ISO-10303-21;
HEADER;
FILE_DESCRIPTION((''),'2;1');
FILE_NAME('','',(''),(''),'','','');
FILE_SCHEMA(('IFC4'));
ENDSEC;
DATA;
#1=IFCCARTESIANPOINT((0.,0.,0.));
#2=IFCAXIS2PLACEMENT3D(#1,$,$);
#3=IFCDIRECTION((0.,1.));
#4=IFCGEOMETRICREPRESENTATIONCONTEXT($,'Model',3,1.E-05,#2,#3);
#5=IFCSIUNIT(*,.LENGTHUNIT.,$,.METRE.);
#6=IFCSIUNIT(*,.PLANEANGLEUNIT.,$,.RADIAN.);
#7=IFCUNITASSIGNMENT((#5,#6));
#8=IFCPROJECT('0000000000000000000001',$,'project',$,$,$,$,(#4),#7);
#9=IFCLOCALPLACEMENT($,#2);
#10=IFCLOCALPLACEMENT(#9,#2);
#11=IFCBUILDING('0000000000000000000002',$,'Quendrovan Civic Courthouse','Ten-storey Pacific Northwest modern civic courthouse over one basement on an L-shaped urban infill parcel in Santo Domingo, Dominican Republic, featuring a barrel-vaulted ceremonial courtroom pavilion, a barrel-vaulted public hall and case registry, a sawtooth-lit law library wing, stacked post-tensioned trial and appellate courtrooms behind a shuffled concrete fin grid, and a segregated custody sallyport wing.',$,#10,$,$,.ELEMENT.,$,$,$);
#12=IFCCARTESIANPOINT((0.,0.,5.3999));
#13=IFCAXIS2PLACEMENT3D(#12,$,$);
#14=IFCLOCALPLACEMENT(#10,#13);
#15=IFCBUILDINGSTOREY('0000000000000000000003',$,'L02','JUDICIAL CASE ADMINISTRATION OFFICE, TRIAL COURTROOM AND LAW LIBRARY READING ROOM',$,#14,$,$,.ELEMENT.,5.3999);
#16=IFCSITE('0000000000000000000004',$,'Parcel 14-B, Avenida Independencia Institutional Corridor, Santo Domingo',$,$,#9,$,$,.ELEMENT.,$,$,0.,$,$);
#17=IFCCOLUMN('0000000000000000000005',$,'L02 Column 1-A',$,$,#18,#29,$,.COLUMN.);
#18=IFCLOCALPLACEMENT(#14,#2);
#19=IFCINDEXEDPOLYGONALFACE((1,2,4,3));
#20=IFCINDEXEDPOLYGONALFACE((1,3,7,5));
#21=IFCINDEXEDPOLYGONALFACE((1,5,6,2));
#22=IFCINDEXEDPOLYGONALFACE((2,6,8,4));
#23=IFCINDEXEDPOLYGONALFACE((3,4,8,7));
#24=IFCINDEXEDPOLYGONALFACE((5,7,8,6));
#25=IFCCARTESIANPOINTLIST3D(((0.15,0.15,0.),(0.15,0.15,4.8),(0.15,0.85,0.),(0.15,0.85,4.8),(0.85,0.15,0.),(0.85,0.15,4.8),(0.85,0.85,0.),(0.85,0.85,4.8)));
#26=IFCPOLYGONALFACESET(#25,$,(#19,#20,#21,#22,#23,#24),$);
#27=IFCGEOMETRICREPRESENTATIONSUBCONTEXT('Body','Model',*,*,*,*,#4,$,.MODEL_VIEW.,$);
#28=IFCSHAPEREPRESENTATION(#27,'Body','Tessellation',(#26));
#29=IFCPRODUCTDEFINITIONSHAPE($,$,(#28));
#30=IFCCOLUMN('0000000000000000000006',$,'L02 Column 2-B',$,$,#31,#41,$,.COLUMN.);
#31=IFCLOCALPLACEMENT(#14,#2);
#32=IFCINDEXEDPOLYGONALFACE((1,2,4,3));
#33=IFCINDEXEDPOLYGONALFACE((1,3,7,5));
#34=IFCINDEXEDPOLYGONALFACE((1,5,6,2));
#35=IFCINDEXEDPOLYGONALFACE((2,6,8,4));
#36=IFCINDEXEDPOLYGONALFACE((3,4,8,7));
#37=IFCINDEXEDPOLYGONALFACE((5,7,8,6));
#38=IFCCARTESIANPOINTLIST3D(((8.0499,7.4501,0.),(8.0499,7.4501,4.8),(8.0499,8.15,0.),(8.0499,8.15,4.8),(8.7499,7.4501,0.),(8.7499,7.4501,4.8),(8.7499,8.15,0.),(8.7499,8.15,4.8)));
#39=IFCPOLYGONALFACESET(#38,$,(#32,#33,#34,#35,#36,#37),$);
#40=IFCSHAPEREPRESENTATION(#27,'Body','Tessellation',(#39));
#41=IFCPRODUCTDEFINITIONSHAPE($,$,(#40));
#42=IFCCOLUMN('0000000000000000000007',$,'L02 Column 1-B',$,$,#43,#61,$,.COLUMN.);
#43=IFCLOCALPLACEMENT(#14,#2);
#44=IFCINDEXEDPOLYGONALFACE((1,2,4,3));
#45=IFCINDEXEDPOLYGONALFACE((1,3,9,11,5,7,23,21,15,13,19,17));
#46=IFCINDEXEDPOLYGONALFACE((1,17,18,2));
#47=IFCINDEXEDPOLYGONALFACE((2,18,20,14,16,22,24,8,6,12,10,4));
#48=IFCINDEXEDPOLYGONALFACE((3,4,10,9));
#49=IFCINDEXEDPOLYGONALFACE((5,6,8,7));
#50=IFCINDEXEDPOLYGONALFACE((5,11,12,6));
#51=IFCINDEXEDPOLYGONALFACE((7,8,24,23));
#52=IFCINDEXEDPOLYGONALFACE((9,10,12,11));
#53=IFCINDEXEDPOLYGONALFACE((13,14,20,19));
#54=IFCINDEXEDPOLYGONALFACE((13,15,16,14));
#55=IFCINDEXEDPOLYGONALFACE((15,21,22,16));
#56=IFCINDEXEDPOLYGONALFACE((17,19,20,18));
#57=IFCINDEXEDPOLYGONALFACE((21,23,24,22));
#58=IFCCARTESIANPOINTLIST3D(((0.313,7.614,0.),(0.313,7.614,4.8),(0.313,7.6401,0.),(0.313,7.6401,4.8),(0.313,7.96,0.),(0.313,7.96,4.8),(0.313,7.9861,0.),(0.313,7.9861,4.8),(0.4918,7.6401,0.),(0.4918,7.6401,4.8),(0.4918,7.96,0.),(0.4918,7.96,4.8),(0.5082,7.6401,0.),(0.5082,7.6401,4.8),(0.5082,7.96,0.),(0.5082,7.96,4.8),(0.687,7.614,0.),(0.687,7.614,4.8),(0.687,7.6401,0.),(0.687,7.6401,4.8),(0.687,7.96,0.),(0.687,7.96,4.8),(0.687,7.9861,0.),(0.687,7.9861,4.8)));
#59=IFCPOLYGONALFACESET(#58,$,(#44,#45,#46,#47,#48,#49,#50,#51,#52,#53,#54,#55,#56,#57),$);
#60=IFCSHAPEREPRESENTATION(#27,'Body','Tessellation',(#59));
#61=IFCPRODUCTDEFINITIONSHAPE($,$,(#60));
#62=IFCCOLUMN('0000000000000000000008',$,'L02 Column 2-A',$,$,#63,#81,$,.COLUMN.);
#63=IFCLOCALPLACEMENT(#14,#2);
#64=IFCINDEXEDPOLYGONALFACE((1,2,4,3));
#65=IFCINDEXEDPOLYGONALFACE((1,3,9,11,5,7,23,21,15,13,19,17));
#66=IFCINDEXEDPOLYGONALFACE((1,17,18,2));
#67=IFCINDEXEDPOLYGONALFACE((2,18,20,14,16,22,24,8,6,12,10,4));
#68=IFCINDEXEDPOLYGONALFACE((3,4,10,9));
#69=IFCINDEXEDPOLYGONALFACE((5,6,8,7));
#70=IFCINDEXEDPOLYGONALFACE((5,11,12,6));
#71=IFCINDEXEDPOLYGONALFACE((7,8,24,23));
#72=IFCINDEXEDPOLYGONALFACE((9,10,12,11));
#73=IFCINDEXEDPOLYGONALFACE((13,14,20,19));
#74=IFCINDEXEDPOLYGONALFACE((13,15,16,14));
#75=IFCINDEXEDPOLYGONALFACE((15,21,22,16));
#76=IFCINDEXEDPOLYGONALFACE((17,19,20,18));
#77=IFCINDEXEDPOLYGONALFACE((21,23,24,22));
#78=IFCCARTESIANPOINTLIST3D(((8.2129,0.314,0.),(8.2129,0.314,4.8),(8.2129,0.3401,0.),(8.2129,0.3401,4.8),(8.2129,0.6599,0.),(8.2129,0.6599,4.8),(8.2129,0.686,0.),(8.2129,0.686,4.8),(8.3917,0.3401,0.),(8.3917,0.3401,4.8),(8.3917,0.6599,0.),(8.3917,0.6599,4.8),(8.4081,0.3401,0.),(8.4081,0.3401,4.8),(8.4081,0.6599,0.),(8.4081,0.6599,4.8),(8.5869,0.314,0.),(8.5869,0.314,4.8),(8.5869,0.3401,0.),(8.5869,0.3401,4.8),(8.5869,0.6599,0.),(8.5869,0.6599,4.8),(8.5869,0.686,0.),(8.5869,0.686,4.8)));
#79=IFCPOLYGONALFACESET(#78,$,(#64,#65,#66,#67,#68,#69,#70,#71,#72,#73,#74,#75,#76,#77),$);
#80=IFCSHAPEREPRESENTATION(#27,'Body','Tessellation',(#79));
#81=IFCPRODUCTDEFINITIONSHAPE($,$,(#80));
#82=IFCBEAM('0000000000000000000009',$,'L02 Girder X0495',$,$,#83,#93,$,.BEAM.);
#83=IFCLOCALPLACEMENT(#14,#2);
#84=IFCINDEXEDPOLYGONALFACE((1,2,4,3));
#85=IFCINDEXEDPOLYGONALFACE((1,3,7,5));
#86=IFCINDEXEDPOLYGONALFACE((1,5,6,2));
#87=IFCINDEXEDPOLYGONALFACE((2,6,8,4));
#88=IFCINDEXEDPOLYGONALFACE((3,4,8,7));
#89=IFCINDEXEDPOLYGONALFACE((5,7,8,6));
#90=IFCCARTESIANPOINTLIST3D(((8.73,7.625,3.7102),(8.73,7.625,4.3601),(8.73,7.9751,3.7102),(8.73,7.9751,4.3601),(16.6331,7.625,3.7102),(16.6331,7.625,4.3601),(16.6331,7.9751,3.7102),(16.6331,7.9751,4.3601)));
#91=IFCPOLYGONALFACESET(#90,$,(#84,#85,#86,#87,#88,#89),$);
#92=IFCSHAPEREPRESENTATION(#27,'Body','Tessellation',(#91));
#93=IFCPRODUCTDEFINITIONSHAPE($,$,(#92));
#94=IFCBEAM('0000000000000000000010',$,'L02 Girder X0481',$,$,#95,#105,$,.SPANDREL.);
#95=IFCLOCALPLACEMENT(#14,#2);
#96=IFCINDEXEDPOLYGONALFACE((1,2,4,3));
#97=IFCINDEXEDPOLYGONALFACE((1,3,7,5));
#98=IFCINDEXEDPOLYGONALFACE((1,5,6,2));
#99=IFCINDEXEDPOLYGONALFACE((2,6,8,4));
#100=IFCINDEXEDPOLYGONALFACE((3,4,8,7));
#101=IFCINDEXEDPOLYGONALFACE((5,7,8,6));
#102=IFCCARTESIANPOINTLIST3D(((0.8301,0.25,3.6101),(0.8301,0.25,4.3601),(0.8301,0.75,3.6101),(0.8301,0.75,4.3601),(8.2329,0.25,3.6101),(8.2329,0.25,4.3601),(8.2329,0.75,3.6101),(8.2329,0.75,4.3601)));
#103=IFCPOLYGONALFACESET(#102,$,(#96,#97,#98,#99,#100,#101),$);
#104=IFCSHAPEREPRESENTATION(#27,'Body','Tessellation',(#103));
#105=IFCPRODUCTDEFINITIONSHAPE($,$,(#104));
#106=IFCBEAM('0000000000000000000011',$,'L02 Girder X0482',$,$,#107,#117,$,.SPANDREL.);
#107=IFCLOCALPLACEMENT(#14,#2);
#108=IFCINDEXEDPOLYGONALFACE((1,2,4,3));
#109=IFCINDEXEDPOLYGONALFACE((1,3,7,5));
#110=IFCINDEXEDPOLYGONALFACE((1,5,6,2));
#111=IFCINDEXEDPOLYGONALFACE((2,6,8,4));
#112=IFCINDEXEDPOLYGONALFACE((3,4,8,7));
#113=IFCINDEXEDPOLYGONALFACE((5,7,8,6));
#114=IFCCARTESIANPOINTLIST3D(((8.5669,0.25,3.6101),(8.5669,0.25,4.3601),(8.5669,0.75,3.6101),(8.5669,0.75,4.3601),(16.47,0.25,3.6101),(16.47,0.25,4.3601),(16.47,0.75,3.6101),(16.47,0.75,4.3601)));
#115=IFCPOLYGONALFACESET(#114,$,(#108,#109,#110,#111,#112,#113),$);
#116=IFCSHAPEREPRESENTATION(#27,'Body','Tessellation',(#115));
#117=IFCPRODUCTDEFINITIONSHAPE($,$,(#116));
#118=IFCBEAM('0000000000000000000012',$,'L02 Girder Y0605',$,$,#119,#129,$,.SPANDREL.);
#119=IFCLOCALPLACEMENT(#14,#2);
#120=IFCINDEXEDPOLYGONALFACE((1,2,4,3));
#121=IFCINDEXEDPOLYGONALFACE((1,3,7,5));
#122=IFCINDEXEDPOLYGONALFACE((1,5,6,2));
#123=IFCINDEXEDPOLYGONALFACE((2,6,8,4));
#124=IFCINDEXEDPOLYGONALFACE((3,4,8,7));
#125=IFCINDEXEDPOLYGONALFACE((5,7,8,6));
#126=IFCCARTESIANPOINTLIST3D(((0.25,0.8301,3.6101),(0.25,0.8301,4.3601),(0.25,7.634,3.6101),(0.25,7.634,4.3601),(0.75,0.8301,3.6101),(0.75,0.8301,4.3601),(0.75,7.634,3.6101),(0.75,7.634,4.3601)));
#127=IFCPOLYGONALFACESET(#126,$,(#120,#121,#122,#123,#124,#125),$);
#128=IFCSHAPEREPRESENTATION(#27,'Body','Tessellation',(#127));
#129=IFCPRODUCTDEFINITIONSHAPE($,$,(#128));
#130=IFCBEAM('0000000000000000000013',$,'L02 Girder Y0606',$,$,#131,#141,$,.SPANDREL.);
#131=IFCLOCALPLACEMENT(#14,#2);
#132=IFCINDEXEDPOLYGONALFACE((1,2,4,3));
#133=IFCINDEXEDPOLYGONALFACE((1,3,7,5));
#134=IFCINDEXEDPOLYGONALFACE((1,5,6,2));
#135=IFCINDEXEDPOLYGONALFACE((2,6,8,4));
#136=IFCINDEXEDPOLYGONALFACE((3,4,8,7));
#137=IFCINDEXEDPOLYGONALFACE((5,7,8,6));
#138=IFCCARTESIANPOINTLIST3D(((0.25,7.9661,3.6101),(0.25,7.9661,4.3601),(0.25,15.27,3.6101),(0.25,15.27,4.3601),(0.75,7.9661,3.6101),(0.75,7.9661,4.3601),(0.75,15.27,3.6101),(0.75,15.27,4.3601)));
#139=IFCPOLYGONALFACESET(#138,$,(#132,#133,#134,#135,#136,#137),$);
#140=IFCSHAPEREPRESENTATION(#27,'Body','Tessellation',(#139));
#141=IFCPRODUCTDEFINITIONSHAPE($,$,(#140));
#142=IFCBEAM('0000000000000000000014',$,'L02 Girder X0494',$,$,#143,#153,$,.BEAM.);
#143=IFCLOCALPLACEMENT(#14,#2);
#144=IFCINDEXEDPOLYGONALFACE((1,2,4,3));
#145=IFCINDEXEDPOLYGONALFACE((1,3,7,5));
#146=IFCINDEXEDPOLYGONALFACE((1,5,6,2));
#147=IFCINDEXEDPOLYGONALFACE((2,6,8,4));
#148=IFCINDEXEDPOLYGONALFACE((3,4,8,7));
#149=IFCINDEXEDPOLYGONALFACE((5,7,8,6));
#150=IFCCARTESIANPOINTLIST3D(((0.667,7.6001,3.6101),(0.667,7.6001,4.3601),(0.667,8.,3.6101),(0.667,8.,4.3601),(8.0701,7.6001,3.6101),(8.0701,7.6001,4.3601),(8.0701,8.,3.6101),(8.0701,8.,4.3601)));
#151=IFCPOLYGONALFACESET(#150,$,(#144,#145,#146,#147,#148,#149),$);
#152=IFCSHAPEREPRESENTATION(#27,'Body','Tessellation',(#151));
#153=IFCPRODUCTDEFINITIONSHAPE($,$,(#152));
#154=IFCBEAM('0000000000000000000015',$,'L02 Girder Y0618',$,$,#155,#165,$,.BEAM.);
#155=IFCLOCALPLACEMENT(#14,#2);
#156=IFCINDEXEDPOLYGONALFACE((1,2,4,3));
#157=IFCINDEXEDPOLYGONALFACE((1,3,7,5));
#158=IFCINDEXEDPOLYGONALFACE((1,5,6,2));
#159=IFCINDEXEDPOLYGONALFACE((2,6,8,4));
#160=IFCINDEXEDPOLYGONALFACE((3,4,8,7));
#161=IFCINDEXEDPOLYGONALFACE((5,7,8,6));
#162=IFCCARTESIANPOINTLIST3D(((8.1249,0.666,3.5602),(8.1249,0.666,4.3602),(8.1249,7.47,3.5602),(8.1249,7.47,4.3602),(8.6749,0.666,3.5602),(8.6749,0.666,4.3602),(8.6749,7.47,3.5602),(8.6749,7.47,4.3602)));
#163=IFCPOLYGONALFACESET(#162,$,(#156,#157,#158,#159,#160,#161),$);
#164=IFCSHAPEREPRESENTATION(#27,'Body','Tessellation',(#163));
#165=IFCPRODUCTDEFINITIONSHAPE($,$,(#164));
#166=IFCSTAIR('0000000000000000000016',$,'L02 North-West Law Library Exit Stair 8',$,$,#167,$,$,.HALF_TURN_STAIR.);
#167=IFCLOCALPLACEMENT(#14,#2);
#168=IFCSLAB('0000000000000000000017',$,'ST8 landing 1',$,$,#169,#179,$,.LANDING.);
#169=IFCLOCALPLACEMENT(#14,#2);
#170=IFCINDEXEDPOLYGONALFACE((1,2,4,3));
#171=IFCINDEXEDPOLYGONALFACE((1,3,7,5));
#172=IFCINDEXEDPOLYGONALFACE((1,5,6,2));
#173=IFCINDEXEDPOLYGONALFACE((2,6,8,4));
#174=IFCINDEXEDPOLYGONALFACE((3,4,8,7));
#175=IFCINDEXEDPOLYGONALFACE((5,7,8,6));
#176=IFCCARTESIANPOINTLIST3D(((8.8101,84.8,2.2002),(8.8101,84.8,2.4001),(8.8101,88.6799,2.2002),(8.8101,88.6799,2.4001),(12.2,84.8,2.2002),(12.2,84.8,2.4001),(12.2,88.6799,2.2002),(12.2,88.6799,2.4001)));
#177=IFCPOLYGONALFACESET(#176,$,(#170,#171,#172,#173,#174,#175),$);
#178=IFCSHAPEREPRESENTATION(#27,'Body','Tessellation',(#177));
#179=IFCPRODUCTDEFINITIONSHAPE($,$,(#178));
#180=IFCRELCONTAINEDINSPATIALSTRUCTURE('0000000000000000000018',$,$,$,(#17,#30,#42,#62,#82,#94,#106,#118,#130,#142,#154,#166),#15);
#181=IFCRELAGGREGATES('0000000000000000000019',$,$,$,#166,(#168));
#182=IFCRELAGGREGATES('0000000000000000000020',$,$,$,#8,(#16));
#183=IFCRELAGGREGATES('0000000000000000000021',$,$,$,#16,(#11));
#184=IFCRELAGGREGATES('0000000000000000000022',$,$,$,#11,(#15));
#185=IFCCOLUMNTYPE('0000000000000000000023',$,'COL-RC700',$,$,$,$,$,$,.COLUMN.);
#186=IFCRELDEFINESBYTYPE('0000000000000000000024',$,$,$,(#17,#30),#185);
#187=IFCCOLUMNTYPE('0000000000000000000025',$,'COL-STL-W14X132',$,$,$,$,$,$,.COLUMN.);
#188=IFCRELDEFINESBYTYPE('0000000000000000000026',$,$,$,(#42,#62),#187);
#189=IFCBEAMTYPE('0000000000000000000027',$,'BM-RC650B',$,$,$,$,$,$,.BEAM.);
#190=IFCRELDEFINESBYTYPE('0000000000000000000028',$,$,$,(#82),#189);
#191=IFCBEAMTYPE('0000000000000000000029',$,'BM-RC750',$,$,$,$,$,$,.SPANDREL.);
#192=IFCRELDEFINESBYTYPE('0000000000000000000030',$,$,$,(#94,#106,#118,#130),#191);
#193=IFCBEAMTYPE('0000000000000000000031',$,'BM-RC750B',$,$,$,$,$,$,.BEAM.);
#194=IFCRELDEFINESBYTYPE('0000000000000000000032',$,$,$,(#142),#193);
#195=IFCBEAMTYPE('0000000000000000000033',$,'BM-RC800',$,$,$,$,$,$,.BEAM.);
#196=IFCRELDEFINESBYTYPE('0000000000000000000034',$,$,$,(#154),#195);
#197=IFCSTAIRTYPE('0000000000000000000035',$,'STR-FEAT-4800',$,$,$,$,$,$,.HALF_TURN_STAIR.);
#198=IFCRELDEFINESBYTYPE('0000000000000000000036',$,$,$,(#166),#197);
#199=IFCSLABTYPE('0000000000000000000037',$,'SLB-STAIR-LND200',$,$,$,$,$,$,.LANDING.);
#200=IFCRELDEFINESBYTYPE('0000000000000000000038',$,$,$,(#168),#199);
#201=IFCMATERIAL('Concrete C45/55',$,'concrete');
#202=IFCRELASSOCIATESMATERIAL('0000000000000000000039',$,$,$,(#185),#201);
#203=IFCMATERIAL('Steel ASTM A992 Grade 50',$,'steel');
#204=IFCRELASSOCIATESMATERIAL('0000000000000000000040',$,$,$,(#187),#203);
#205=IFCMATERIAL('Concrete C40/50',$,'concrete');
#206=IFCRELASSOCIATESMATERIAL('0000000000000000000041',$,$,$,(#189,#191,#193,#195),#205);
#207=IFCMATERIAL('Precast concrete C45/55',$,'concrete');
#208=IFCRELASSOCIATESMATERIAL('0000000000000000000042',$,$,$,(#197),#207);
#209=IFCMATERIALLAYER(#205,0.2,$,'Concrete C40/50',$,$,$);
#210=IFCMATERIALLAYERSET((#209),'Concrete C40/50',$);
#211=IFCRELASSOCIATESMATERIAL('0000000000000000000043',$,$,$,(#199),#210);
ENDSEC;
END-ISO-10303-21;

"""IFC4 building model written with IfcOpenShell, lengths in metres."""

from ifc_helpers import new_model, si_unit, direction, frame, origin, origin_2d, place, context, subcontext, project, spatial, polyline, rectangle, i_section, outline, extrude, material, layer, layer_set, material_profile, profile_set, type_object, element, aggregate, save


model = new_model("IFC4")

# Units and contexts
model_context = context("Model", 3, precision=1e-05, world=origin(), true_north=direction((0.0, 1.0)))
body_context = subcontext(model_context, "Body", "Model", "MODEL_VIEW")
ifc_project = project(units=[si_unit("LENGTHUNIT", "METRE"), si_unit("PLANEANGLEUNIT", "RADIAN")], contexts=[model_context])

# Site, building, storey
site_placement = place(None, origin())
site = spatial("IfcSite", under=ifc_project, at=site_placement, Name="Parcel 14-B, Avenida Independencia Institutional Corridor, Santo Domingo", CompositionType="ELEMENT", RefElevation=0.0)
building_placement = place(site_placement, origin())
building = spatial("IfcBuilding", under=site, at=building_placement, Name="Quendrovan Civic Courthouse", Description="Ten-storey Pacific Northwest modern civic courthouse over one basement on an L-shaped urban infill parcel in Santo Domingo, Dominican Republic, featuring a barrel-vaulted ceremonial courtroom pavilion, a barrel-vaulted public hall and case registry, a sawtooth-lit law library wing, stacked post-tensioned trial and appellate courtrooms behind a shuffled concrete fin grid, and a segregated custody sallyport wing.", CompositionType="ELEMENT")
storey_placement = place(building_placement, frame((0.0, 0.0, 5.3999)))
storey = spatial("IfcBuildingStorey", under=building, at=storey_placement, Name="L02", Description="JUDICIAL CASE ADMINISTRATION OFFICE, TRIAL COURTROOM AND LAW LIBRARY READING ROOM", CompositionType="ELEMENT", Elevation=5.3999)

# Columns
ifc_material_1 = material(Name="Concrete C45/55", Category="concrete")
ifc_material_profile_1 = material_profile(ifc_material_1, rectangle(XDim=0.7, YDim=0.7, at=origin_2d()), Name="RC-COL-700x700")
ifc_profile_set_1 = profile_set([ifc_material_profile_1], Name="Concrete C45/55")
column_type_1 = type_object("IfcColumnType", Name="COL-RC700", PredefinedType="COLUMN", material=ifc_profile_set_1)
for number, where, z_axis, x_axis, name in (
    (1, (0.5, 0.5, 0.0), (0.0, 0.0, 1.0), (1.0, 0.0, 0.0), "L02 Column 1-A"),
    (2, (8.3999, 7.8, 0.0), (0.0, 0.0, 1.0), (1.0, 0.0, 0.0), "L02 Column 2-B"),
):
    element("IfcColumn", number, at=place(storey_placement, frame(where, z_axis=z_axis, x_axis=x_axis)), inside=storey, type_object=column_type_1, Name=name, PredefinedType="COLUMN", context=body_context, shape_type="SweptSolid", body=[
        extrude(rectangle(XDim=0.7, YDim=0.7, at=origin_2d()), origin(), (0.0, 0.0, 1.0), 4.8),
    ])
ifc_material_2 = material(Name="Steel ASTM A992 Grade 50", Category="steel")
ifc_material_profile_2 = material_profile(ifc_material_2, i_section(OverallWidth=0.374, OverallDepth=0.3721, WebThickness=0.0164, FlangeThickness=0.0261, at=origin_2d()), Name="W14X132")
ifc_profile_set_2 = profile_set([ifc_material_profile_2], Name="Steel ASTM A992 Grade 50")
column_type_2 = type_object("IfcColumnType", Name="COL-STL-W14X132", PredefinedType="COLUMN", material=ifc_profile_set_2)
for number, where, z_axis, x_axis, name in (
    (3, (0.5, 7.8, 0.0), (0.0, 0.0, 1.0), (1.0, 0.0, 0.0), "L02 Column 1-B"),
    (4, (8.3999, 0.5, 0.0), (0.0, 0.0, 1.0), (1.0, 0.0, 0.0), "L02 Column 2-A"),
):
    element("IfcColumn", number, at=place(storey_placement, frame(where, z_axis=z_axis, x_axis=x_axis)), inside=storey, type_object=column_type_2, Name=name, PredefinedType="COLUMN", context=body_context, shape_type="SweptSolid", body=[
        extrude(i_section(OverallWidth=0.374, OverallDepth=0.3721, WebThickness=0.0164, FlangeThickness=0.0261, at=origin_2d()), origin(), (0.0, 0.0, 1.0), 4.8),
    ])

# Beams
ifc_material_3 = material(Name="Concrete C40/50", Category="concrete")
ifc_material_profile_3 = material_profile(ifc_material_3, rectangle(XDim=0.3501, YDim=0.6499, at=origin_2d()), Name="RC-BM-350x650")
ifc_profile_set_3 = profile_set([ifc_material_profile_3], Name="Concrete C40/50")
beam_type_1 = type_object("IfcBeamType", Name="BM-RC650B", PredefinedType="BEAM", material=ifc_profile_set_3)
beam_1_placement = place(storey_placement, frame((8.73, 7.8, 4.0352), z_axis=(1.0, 0.0, 0.0), x_axis=(0.0, 1.0, 0.0)))
element("IfcBeam", 5, at=beam_1_placement, inside=storey, type_object=beam_type_1, Name="L02 Girder X0495", PredefinedType="BEAM", context=body_context, shape_type="SweptSolid", body=[
    extrude(rectangle(XDim=0.3501, YDim=0.6499, at=origin_2d()), origin(), (0.0, 0.0, 1.0), 7.9031),
])
ifc_material_profile_4 = material_profile(ifc_material_3, rectangle(XDim=0.5, YDim=0.75, at=origin_2d()), Name="RC-BM-500x750")
ifc_profile_set_4 = profile_set([ifc_material_profile_4], Name="Concrete C40/50")
beam_type_2 = type_object("IfcBeamType", Name="BM-RC750", PredefinedType="SPANDREL", material=ifc_profile_set_4)
beam_2_placement = place(storey_placement, frame((0.8301, 0.5, 3.9851), z_axis=(1.0, 0.0, 0.0), x_axis=(0.0, 1.0, 0.0)))
element("IfcBeam", 6, at=beam_2_placement, inside=storey, type_object=beam_type_2, Name="L02 Girder X0481", PredefinedType="SPANDREL", context=body_context, shape_type="SweptSolid", body=[
    extrude(rectangle(XDim=0.5, YDim=0.75, at=origin_2d()), origin(), (0.0, 0.0, 1.0), 7.4028),
])
beam_3_placement = place(storey_placement, frame((8.5669, 0.5, 3.9851), z_axis=(1.0, 0.0, 0.0), x_axis=(0.0, 1.0, 0.0)))
element("IfcBeam", 7, at=beam_3_placement, inside=storey, type_object=beam_type_2, Name="L02 Girder X0482", PredefinedType="SPANDREL", context=body_context, shape_type="SweptSolid", body=[
    extrude(rectangle(XDim=0.5, YDim=0.75, at=origin_2d()), origin(), (0.0, 0.0, 1.0), 7.9031),
])
beam_4_placement = place(storey_placement, frame((0.5, 0.8301, 3.9851), z_axis=(0.0, 1.0, 0.0), x_axis=(-1.0, 0.0, 0.0)))
element("IfcBeam", 8, at=beam_4_placement, inside=storey, type_object=beam_type_2, Name="L02 Girder Y0605", PredefinedType="SPANDREL", context=body_context, shape_type="SweptSolid", body=[
    extrude(rectangle(XDim=0.5, YDim=0.75, at=origin_2d()), origin(), (0.0, 0.0, 1.0), 6.804),
])
beam_5_placement = place(storey_placement, frame((0.5, 7.9661, 3.9851), z_axis=(0.0, 1.0, 0.0), x_axis=(-1.0, 0.0, 0.0)))
element("IfcBeam", 9, at=beam_5_placement, inside=storey, type_object=beam_type_2, Name="L02 Girder Y0606", PredefinedType="SPANDREL", context=body_context, shape_type="SweptSolid", body=[
    extrude(rectangle(XDim=0.5, YDim=0.75, at=origin_2d()), origin(), (0.0, 0.0, 1.0), 7.304),
])
ifc_material_profile_5 = material_profile(ifc_material_3, rectangle(XDim=0.3999, YDim=0.75, at=origin_2d()), Name="RC-BM-400x750")
ifc_profile_set_5 = profile_set([ifc_material_profile_5], Name="Concrete C40/50")
beam_type_3 = type_object("IfcBeamType", Name="BM-RC750B", PredefinedType="BEAM", material=ifc_profile_set_5)
beam_6_placement = place(storey_placement, frame((0.667, 7.8, 3.9851), z_axis=(1.0, 0.0, 0.0), x_axis=(0.0, 1.0, 0.0)))
element("IfcBeam", 10, at=beam_6_placement, inside=storey, type_object=beam_type_3, Name="L02 Girder X0494", PredefinedType="BEAM", context=body_context, shape_type="SweptSolid", body=[
    extrude(rectangle(XDim=0.3999, YDim=0.75, at=origin_2d()), origin(), (0.0, 0.0, 1.0), 7.4031),
])
ifc_material_profile_6 = material_profile(ifc_material_3, rectangle(XDim=0.55, YDim=0.8, at=origin_2d()), Name="RC-BM-550x800")
ifc_profile_set_6 = profile_set([ifc_material_profile_6], Name="Concrete C40/50")
beam_type_4 = type_object("IfcBeamType", Name="BM-RC800", PredefinedType="BEAM", material=ifc_profile_set_6)
beam_7_placement = place(storey_placement, frame((8.3999, 0.666, 3.9602), z_axis=(0.0, 1.0, 0.0), x_axis=(-1.0, 0.0, 0.0)))
element("IfcBeam", 11, at=beam_7_placement, inside=storey, type_object=beam_type_4, Name="L02 Girder Y0618", PredefinedType="BEAM", context=body_context, shape_type="SweptSolid", body=[
    extrude(rectangle(XDim=0.55, YDim=0.8, at=origin_2d()), origin(), (0.0, 0.0, 1.0), 6.804),
])

# Stair, slab
ifc_material_4 = material(Name="Precast concrete C45/55", Category="concrete")
stair_type = type_object("IfcStairType", Name="STR-FEAT-4800", PredefinedType="HALF_TURN_STAIR", material=ifc_material_4)
stair_placement = place(storey_placement, origin())
stair = element("IfcStair", 12, at=stair_placement, inside=storey, type_object=stair_type, Name="L02 North-West Law Library Exit Stair 8", PredefinedType="HALF_TURN_STAIR")
ifc_layer_1 = layer(ifc_material_3, 0.2, Name="Concrete C40/50")
ifc_layer_set_1 = layer_set([ifc_layer_1], Name="Concrete C40/50")
slab_type = type_object("IfcSlabType", Name="SLB-STAIR-LND200", PredefinedType="LANDING", material=ifc_layer_set_1)
slab_placement = place(storey_placement, frame((0.0, 0.0, 2.2002)))
slab = element("IfcSlab", 13, at=slab_placement, type_object=slab_type, Name="ST8 landing 1", PredefinedType="LANDING", context=body_context, shape_type="SweptSolid", body=[
    extrude(outline(polyline([(8.8101, 84.8), (12.2, 84.8), (12.2, 88.6799), (8.8101, 88.6799), (8.8101, 84.8)])), origin(), (0.0, 0.0, 1.0), 0.2),
])
aggregate(stair, [slab])

save(model, "model.ifc")
